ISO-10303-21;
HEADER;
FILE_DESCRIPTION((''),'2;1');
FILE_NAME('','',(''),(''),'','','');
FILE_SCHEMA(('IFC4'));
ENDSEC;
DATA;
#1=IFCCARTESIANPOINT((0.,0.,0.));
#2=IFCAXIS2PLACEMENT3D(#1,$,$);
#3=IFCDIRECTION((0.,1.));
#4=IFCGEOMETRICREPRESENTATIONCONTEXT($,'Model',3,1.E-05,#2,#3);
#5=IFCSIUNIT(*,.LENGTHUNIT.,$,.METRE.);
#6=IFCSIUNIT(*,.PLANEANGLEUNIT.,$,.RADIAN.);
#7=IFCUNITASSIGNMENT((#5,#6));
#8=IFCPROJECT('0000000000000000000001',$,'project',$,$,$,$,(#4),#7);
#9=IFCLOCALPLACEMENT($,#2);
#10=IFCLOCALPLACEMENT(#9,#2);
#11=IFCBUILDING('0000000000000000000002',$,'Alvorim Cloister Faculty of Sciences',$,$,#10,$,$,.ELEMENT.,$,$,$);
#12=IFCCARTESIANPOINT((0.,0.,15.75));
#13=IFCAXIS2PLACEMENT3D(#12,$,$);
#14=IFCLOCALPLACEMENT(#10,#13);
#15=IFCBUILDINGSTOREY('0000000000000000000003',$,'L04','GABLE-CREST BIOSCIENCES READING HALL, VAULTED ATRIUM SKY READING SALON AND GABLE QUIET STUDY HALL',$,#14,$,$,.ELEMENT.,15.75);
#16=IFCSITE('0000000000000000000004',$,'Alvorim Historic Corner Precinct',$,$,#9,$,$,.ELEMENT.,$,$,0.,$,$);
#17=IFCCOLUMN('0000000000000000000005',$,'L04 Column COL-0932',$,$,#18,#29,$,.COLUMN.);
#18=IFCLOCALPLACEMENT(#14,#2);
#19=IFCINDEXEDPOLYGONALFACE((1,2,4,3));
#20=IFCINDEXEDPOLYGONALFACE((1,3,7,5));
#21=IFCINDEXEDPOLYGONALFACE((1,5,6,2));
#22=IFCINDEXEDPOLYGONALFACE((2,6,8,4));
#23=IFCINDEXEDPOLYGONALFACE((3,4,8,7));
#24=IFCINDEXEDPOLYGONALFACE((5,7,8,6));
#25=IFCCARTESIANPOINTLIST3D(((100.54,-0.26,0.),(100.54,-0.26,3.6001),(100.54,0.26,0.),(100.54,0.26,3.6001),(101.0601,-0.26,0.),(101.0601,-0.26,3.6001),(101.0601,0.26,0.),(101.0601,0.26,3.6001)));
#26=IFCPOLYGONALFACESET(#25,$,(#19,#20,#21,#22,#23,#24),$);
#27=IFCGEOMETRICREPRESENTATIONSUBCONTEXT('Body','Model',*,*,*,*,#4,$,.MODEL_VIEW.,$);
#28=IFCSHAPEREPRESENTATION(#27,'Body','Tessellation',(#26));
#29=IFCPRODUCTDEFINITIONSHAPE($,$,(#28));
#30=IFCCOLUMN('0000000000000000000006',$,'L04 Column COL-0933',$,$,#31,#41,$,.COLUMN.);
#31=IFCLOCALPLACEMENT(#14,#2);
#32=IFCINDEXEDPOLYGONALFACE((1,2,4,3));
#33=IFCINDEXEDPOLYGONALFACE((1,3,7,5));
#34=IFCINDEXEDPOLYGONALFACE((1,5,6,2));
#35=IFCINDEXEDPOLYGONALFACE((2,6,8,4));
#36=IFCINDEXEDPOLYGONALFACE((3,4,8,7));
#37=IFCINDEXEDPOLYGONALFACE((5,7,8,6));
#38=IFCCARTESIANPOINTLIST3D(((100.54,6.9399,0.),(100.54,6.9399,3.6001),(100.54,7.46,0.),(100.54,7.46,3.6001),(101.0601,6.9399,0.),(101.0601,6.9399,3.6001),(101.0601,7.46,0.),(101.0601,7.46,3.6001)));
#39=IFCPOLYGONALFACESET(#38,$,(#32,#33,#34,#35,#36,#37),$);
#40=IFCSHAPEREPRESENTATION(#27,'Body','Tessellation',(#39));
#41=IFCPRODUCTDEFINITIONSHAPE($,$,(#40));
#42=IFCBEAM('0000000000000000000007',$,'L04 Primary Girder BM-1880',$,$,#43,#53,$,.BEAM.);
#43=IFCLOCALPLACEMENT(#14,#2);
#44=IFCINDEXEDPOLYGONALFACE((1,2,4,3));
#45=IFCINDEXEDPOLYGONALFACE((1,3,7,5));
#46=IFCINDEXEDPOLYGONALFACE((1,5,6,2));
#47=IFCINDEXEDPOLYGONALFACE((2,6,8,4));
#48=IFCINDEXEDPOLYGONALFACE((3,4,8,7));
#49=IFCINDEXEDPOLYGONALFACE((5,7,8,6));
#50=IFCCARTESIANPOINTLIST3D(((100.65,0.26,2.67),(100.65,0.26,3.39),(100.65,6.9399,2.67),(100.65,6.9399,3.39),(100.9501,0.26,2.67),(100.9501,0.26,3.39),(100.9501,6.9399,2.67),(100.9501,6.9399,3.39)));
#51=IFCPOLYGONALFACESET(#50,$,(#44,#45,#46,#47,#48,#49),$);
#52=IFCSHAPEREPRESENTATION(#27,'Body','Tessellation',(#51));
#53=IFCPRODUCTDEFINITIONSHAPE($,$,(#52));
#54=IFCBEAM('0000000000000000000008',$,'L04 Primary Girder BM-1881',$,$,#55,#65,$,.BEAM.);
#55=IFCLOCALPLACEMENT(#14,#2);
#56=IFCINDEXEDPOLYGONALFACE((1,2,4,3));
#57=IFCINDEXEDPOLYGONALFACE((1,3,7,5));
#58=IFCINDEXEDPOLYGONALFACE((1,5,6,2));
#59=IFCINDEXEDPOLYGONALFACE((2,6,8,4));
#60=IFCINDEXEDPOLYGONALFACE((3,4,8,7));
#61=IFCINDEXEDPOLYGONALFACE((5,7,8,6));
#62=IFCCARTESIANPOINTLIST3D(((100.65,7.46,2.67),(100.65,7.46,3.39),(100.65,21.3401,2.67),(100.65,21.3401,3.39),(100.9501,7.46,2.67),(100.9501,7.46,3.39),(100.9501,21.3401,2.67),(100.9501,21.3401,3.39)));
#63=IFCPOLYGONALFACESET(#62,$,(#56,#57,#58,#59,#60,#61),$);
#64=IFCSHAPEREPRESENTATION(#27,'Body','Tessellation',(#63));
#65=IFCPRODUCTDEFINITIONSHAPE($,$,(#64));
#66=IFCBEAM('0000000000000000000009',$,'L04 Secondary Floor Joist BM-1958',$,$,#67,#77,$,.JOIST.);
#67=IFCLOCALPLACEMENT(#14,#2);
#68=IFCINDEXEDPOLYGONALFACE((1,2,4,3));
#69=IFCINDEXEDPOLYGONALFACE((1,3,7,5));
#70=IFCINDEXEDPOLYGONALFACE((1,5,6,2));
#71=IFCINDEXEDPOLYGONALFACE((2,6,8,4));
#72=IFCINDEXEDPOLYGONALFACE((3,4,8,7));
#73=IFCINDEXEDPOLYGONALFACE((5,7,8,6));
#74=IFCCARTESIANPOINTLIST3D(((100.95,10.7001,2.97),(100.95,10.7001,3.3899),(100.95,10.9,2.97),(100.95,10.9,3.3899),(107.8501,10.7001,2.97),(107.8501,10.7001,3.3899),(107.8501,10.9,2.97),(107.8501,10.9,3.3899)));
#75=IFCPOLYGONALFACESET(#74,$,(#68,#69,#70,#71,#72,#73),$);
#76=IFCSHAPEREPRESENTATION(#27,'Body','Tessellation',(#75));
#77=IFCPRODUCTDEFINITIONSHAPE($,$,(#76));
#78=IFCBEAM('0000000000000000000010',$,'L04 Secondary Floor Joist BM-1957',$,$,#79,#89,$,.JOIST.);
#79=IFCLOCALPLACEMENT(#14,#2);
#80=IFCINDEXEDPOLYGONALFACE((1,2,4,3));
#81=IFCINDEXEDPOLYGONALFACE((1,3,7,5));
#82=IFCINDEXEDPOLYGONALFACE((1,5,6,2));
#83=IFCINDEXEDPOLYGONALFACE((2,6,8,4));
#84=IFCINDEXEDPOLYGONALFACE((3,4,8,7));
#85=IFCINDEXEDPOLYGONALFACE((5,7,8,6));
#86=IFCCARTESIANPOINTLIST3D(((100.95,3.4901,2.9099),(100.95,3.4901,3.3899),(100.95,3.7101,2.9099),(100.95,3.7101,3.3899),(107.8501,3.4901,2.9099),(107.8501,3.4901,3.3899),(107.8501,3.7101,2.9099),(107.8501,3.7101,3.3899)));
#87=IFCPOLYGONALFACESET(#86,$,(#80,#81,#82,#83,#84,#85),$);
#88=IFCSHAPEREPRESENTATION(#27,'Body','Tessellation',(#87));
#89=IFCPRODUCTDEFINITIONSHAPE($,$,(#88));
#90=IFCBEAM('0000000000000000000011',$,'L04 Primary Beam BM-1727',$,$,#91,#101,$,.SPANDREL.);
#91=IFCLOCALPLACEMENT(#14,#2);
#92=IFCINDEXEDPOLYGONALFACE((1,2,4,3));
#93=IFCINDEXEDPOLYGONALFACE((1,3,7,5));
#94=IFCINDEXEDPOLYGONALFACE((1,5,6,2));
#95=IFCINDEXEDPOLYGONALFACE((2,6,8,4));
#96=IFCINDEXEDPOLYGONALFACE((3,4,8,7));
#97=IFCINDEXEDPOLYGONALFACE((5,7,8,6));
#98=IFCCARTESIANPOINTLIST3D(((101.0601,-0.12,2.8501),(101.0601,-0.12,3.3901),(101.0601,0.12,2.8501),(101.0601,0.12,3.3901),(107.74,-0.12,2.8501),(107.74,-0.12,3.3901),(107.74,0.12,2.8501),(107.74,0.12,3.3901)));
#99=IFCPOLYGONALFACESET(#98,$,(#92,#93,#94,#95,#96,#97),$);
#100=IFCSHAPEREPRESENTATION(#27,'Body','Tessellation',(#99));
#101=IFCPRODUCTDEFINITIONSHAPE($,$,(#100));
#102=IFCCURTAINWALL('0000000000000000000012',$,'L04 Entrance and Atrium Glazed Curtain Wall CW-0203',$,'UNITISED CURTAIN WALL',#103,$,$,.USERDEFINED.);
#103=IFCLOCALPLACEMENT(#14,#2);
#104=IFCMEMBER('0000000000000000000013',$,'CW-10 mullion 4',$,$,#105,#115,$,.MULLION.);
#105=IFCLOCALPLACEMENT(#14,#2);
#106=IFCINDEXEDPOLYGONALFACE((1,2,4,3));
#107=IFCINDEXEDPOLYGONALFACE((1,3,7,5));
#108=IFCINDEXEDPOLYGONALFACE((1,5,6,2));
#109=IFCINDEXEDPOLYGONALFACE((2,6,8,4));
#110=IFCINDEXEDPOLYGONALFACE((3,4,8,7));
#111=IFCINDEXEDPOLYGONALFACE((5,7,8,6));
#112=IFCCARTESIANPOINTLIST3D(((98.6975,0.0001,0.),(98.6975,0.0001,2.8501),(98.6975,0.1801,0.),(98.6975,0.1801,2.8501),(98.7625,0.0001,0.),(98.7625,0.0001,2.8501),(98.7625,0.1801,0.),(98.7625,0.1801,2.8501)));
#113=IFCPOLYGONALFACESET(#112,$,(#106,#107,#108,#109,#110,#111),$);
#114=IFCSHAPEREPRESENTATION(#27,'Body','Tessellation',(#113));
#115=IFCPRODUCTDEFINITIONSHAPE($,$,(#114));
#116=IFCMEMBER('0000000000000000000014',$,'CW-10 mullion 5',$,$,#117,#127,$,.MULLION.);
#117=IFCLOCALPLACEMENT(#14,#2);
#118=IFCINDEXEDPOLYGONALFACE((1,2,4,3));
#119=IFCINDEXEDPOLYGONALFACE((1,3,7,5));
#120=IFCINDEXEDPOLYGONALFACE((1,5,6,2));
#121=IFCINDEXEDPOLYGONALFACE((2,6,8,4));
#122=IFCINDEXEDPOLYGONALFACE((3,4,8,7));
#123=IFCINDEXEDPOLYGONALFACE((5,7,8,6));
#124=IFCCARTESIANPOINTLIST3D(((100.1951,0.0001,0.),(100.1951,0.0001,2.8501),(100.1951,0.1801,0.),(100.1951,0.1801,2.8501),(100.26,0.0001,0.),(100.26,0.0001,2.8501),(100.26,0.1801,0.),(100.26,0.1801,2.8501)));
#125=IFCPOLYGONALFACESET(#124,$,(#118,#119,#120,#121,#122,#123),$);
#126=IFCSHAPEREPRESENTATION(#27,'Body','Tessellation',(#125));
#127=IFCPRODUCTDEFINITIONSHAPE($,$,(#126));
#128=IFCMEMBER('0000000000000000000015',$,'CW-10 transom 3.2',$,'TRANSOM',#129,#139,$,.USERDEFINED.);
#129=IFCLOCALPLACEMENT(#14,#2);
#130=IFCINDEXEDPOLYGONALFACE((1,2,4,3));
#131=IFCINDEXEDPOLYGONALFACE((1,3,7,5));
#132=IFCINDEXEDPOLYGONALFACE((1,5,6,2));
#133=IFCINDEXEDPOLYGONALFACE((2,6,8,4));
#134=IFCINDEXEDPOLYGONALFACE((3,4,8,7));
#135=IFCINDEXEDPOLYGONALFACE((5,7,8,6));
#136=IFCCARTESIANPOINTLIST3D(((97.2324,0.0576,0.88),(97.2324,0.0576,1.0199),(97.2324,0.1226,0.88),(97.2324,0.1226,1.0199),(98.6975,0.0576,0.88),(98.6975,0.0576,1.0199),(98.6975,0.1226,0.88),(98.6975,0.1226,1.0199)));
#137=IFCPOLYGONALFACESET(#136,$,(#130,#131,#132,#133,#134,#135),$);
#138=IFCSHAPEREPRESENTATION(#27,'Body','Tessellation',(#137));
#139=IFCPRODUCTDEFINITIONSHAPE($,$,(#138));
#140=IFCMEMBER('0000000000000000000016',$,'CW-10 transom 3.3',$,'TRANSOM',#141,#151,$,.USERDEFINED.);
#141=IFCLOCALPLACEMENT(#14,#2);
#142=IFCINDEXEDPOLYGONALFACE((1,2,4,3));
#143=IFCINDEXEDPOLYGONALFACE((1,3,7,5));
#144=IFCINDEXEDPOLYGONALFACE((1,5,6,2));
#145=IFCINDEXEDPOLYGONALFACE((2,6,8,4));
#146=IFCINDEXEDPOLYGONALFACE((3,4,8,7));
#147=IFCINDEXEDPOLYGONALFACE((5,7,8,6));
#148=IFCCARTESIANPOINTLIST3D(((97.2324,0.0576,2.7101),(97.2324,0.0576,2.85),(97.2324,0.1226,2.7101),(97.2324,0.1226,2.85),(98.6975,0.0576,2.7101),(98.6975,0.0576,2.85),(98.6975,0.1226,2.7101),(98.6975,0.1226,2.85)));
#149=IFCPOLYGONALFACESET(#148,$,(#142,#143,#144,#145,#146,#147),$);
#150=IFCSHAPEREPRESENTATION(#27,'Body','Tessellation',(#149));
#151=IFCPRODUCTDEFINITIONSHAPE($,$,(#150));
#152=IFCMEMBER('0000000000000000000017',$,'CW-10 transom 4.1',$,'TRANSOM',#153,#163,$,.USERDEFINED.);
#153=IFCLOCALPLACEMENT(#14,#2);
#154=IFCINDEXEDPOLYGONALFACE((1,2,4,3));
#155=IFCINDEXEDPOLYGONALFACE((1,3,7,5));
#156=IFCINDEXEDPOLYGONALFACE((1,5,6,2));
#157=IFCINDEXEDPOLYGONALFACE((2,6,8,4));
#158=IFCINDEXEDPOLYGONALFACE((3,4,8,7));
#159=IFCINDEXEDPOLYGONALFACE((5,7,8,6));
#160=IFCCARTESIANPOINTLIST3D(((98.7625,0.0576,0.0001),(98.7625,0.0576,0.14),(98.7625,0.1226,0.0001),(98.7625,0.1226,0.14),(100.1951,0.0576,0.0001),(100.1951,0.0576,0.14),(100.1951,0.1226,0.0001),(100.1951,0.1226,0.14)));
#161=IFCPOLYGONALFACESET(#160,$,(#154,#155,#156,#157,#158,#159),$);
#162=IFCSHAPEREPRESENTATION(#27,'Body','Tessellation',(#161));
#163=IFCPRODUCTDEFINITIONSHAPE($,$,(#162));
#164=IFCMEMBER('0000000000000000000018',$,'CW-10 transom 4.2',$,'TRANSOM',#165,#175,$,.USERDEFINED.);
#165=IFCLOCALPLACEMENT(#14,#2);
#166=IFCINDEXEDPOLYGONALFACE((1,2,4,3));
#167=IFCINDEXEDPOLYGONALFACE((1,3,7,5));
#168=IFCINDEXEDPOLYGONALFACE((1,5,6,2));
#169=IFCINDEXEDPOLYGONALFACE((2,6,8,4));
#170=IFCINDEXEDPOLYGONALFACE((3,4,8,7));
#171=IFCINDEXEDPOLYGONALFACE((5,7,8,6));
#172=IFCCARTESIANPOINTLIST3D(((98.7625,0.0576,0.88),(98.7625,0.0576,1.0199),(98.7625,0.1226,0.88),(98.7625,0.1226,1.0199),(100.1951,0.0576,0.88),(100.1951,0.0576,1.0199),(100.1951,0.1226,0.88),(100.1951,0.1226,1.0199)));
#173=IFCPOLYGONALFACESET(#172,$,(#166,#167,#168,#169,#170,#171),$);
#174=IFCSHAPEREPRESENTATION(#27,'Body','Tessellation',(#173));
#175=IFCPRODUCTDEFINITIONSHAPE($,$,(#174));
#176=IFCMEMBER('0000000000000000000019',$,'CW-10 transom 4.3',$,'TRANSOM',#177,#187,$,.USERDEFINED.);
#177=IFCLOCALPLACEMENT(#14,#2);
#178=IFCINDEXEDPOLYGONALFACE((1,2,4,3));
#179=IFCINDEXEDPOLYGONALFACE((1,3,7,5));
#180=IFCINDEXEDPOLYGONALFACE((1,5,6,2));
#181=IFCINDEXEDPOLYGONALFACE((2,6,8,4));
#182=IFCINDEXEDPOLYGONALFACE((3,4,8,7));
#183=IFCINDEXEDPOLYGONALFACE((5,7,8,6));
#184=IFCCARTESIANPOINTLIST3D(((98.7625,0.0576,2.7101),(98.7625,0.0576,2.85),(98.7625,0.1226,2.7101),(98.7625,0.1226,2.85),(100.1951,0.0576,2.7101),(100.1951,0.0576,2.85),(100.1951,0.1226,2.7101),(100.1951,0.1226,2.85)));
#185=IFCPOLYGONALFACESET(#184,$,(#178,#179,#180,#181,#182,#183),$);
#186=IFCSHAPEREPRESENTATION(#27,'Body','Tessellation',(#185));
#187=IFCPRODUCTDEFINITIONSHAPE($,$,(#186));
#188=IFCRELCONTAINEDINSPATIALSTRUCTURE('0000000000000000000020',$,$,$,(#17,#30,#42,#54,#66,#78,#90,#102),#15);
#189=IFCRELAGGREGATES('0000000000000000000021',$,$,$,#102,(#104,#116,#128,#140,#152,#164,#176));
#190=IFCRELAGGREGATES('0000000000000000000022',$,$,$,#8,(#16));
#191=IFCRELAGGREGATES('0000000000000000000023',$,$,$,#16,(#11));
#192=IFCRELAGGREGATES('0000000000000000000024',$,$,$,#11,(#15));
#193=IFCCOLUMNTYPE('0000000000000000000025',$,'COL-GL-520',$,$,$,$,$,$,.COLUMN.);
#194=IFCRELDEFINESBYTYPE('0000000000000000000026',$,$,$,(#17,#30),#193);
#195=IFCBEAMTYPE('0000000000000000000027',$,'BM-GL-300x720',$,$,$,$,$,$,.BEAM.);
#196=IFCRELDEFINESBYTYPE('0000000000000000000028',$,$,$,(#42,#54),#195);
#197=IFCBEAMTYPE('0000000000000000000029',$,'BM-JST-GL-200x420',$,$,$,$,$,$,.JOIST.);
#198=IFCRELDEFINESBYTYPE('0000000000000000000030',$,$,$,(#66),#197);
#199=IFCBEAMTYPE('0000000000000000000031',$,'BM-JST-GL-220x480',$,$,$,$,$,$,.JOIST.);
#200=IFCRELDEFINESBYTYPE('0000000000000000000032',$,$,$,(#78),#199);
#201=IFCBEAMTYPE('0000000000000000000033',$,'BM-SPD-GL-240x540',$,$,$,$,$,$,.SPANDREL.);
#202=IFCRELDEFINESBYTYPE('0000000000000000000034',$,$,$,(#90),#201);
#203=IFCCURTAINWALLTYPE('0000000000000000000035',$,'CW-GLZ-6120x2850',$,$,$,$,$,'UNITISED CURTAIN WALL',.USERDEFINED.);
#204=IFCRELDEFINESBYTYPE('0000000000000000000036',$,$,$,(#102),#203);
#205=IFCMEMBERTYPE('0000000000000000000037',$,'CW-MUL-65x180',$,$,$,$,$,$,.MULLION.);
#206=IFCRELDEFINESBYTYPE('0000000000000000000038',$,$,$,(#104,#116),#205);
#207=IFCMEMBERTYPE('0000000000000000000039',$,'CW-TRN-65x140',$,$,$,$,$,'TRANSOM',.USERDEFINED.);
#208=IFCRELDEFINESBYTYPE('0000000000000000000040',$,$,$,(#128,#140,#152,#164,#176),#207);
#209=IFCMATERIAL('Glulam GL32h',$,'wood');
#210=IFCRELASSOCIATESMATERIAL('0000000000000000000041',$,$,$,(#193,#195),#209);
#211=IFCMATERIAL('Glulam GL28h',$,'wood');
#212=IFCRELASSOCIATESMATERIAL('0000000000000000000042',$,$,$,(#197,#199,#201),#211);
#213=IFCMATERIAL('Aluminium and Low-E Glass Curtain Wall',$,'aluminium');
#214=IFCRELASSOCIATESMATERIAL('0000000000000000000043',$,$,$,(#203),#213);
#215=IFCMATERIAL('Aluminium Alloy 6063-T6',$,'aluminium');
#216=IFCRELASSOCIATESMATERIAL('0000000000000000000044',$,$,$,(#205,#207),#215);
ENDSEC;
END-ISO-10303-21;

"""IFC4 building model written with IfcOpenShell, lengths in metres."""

from ifc_helpers import new_model, si_unit, direction, frame, origin, origin_2d, place, context, subcontext, project, spatial, rectangle, extrude, material, material_profile, profile_set, type_object, element, aggregate, save


model = new_model("IFC4")

# Units and contexts
model_context = context("Model", 3, precision=1e-05, world=origin(), true_north=direction((0.0, 1.0)))
body_context = subcontext(model_context, "Body", "Model", "MODEL_VIEW")
ifc_project = project(units=[si_unit("LENGTHUNIT", "METRE"), si_unit("PLANEANGLEUNIT", "RADIAN")], contexts=[model_context])

# Site, building, storey
site_placement = place(None, origin())
site = spatial("IfcSite", under=ifc_project, at=site_placement, Name="Alvorim Historic Corner Precinct", CompositionType="ELEMENT", RefElevation=0.0)
building_placement = place(site_placement, origin())
building = spatial("IfcBuilding", under=site, at=building_placement, Name="Alvorim Cloister Faculty of Sciences", CompositionType="ELEMENT")
storey_placement = place(building_placement, frame((0.0, 0.0, 15.75)))
storey = spatial("IfcBuildingStorey", under=building, at=storey_placement, Name="L04", Description="GABLE-CREST BIOSCIENCES READING HALL, VAULTED ATRIUM SKY READING SALON AND GABLE QUIET STUDY HALL", CompositionType="ELEMENT", Elevation=15.75)

# Columns
ifc_material_1 = material(Name="Glulam GL32h", Category="wood")
ifc_material_profile_1 = material_profile(ifc_material_1, rectangle(XDim=0.52, YDim=0.52, at=origin_2d()), Name="GL32-COL-520x520")
ifc_profile_set_1 = profile_set([ifc_material_profile_1], Name="Glulam GL32h")
column_type = type_object("IfcColumnType", Name="COL-GL-520", PredefinedType="COLUMN", material=ifc_profile_set_1)
for number, where, z_axis, x_axis, name in (
    (1, (100.8, 0.0, 0.0), (0.0, 0.0, 1.0), (1.0, 0.0, 0.0), "L04 Column COL-0932"),
    (2, (100.8, 7.2, 0.0), (0.0, 0.0, 1.0), (1.0, 0.0, 0.0), "L04 Column COL-0933"),
):
    element("IfcColumn", number, at=place(storey_placement, frame(where, z_axis=z_axis, x_axis=x_axis)), inside=storey, type_object=column_type, Name=name, PredefinedType="COLUMN", context=body_context, shape_type="SweptSolid", body=[
        extrude(rectangle(XDim=0.52, YDim=0.52, at=origin_2d()), origin(), (0.0, 0.0, 1.0), 3.6001),
    ])

# Beams
ifc_material_profile_2 = material_profile(ifc_material_1, rectangle(XDim=0.3, YDim=0.72, at=origin_2d()), Name="GL32-BM-300x720")
ifc_profile_set_2 = profile_set([ifc_material_profile_2], Name="Glulam GL32h")
beam_type_1 = type_object("IfcBeamType", Name="BM-GL-300x720", PredefinedType="BEAM", material=ifc_profile_set_2)
beam_1_placement = place(storey_placement, frame((100.8, 0.26, 3.03), z_axis=(0.0, 1.0, 0.0), x_axis=(-1.0, 0.0, 0.0)))
element("IfcBeam", 3, at=beam_1_placement, inside=storey, type_object=beam_type_1, Name="L04 Primary Girder BM-1880", PredefinedType="BEAM", context=body_context, shape_type="SweptSolid", body=[
    extrude(rectangle(XDim=0.3, YDim=0.72, at=origin_2d()), origin(), (0.0, 0.0, 1.0), 6.6799),
])
beam_2_placement = place(storey_placement, frame((100.8, 7.46, 3.03), z_axis=(0.0, 1.0, 0.0), x_axis=(-1.0, 0.0, 0.0)))
element("IfcBeam", 4, at=beam_2_placement, inside=storey, type_object=beam_type_1, Name="L04 Primary Girder BM-1881", PredefinedType="BEAM", context=body_context, shape_type="SweptSolid", body=[
    extrude(rectangle(XDim=0.3, YDim=0.72, at=origin_2d()), origin(), (0.0, 0.0, 1.0), 13.8801),
])
ifc_material_2 = material(Name="Glulam GL28h", Category="wood")
ifc_material_profile_3 = material_profile(ifc_material_2, rectangle(XDim=0.2, YDim=0.4199, at=origin_2d()), Name="GL28-JST-200x420")
ifc_profile_set_3 = profile_set([ifc_material_profile_3], Name="Glulam GL28h")
beam_type_2 = type_object("IfcBeamType", Name="BM-JST-GL-200x420", PredefinedType="JOIST", material=ifc_profile_set_3)
beam_3_placement = place(storey_placement, frame((100.95, 10.8, 3.1799), z_axis=(1.0, 0.0, 0.0), x_axis=(0.0, 1.0, 0.0)))
element("IfcBeam", 5, at=beam_3_placement, inside=storey, type_object=beam_type_2, Name="L04 Secondary Floor Joist BM-1958", PredefinedType="JOIST", context=body_context, shape_type="SweptSolid", body=[
    extrude(rectangle(XDim=0.2, YDim=0.4199, at=origin_2d()), origin(), (0.0, 0.0, 1.0), 6.9001),
])
ifc_material_profile_4 = material_profile(ifc_material_2, rectangle(XDim=0.22, YDim=0.48, at=origin_2d()), Name="GL28-JST-220x480")
ifc_profile_set_4 = profile_set([ifc_material_profile_4], Name="Glulam GL28h")
beam_type_3 = type_object("IfcBeamType", Name="BM-JST-GL-220x480", PredefinedType="JOIST", material=ifc_profile_set_4)
beam_4_placement = place(storey_placement, frame((100.95, 3.6001, 3.1499), z_axis=(1.0, 0.0, 0.0), x_axis=(0.0, 1.0, 0.0)))
element("IfcBeam", 6, at=beam_4_placement, inside=storey, type_object=beam_type_3, Name="L04 Secondary Floor Joist BM-1957", PredefinedType="JOIST", context=body_context, shape_type="SweptSolid", body=[
    extrude(rectangle(XDim=0.22, YDim=0.48, at=origin_2d()), origin(), (0.0, 0.0, 1.0), 6.9001),
])
ifc_material_profile_5 = material_profile(ifc_material_2, rectangle(XDim=0.24, YDim=0.54, at=origin_2d()), Name="GL28-SPD-240x540")
ifc_profile_set_5 = profile_set([ifc_material_profile_5], Name="Glulam GL28h")
beam_type_4 = type_object("IfcBeamType", Name="BM-SPD-GL-240x540", PredefinedType="SPANDREL", material=ifc_profile_set_5)
beam_5_placement = place(storey_placement, frame((101.0601, 0.0, 3.1201), z_axis=(1.0, 0.0, 0.0), x_axis=(0.0, 1.0, 0.0)))
element("IfcBeam", 7, at=beam_5_placement, inside=storey, type_object=beam_type_4, Name="L04 Primary Beam BM-1727", PredefinedType="SPANDREL", context=body_context, shape_type="SweptSolid", body=[
    extrude(rectangle(XDim=0.24, YDim=0.54, at=origin_2d()), origin(), (0.0, 0.0, 1.0), 6.6799),
])

# Curtain wall, members
ifc_material_3 = material(Name="Aluminium and Low-E Glass Curtain Wall", Category="aluminium")
curtain_wall_type = type_object("IfcCurtainWallType", Name="CW-GLZ-6120x2850", ElementType="UNITISED CURTAIN WALL", PredefinedType="USERDEFINED", material=ifc_material_3)
curtain_wall_placement = place(storey_placement, origin())
curtain_wall = element("IfcCurtainWall", 8, at=curtain_wall_placement, inside=storey, type_object=curtain_wall_type, Name="L04 Entrance and Atrium Glazed Curtain Wall CW-0203", ObjectType="UNITISED CURTAIN WALL", PredefinedType="USERDEFINED")
ifc_material_4 = material(Name="Aluminium Alloy 6063-T6", Category="aluminium")
ifc_material_profile_6 = material_profile(ifc_material_4, rectangle(XDim=0.0649, YDim=0.1799, at=origin_2d()), Name="ALU-MUL-65x180")
ifc_profile_set_6 = profile_set([ifc_material_profile_6], Name="Aluminium Alloy 6063-T6")
member_type_1 = type_object("IfcMemberType", Name="CW-MUL-65x180", PredefinedType="MULLION", material=ifc_profile_set_6)
member_1_placement = place(storey_placement, frame((98.73, 0.0901, 0.0), z_axis=(0.0, 0.0, 1.0), x_axis=(1.0, 0.0, 0.0)))
member_1 = element("IfcMember", 9, at=member_1_placement, type_object=member_type_1, Name="CW-10 mullion 4", PredefinedType="MULLION", context=body_context, shape_type="SweptSolid", body=[
    extrude(rectangle(XDim=0.0649, YDim=0.1799, at=origin_2d()), origin(), (0.0, 0.0, 1.0), 2.8501),
])
member_2_placement = place(storey_placement, frame((100.2275, 0.0901, 0.0), z_axis=(0.0, 0.0, 1.0), x_axis=(1.0, 0.0, 0.0)))
member_2 = element("IfcMember", 10, at=member_2_placement, type_object=member_type_1, Name="CW-10 mullion 5", PredefinedType="MULLION", context=body_context, shape_type="SweptSolid", body=[
    extrude(rectangle(XDim=0.0649, YDim=0.1799, at=origin_2d()), origin(), (0.0, 0.0, 1.0), 2.8501),
])
ifc_material_profile_7 = material_profile(ifc_material_4, rectangle(XDim=0.0649, YDim=0.1399, at=origin_2d()), Name="ALU-TRN-65x140")
ifc_profile_set_7 = profile_set([ifc_material_profile_7], Name="Aluminium Alloy 6063-T6")
member_type_2 = type_object("IfcMemberType", Name="CW-TRN-65x140", ElementType="TRANSOM", PredefinedType="USERDEFINED", material=ifc_profile_set_7)
member_3_placement = place(storey_placement, frame((97.2324, 0.0901, 0.95), z_axis=(1.0, 0.0, 0.0), x_axis=(0.0, 1.0, 0.0)))
member_3 = element("IfcMember", 11, at=member_3_placement, type_object=member_type_2, Name="CW-10 transom 3.2", ObjectType="TRANSOM", PredefinedType="USERDEFINED", context=body_context, shape_type="SweptSolid", body=[
    extrude(rectangle(XDim=0.0649, YDim=0.1399, at=origin_2d()), origin(), (0.0, 0.0, 1.0), 1.4651),
])
member_4_placement = place(storey_placement, frame((97.2324, 0.0901, 2.78), z_axis=(1.0, 0.0, 0.0), x_axis=(0.0, 1.0, 0.0)))
member_4 = element("IfcMember", 12, at=member_4_placement, type_object=member_type_2, Name="CW-10 transom 3.3", ObjectType="TRANSOM", PredefinedType="USERDEFINED", context=body_context, shape_type="SweptSolid", body=[
    extrude(rectangle(XDim=0.0649, YDim=0.1399, at=origin_2d()), origin(), (0.0, 0.0, 1.0), 1.4651),
])
member_5_placement = place(storey_placement, frame((98.7625, 0.0901, 0.0701), z_axis=(1.0, 0.0, 0.0), x_axis=(0.0, 1.0, 0.0)))
member_5 = element("IfcMember", 13, at=member_5_placement, type_object=member_type_2, Name="CW-10 transom 4.1", ObjectType="TRANSOM", PredefinedType="USERDEFINED", context=body_context, shape_type="SweptSolid", body=[
    extrude(rectangle(XDim=0.0649, YDim=0.1399, at=origin_2d()), origin(), (0.0, 0.0, 1.0), 1.4326),
])
member_6_placement = place(storey_placement, frame((98.7625, 0.0901, 0.95), z_axis=(1.0, 0.0, 0.0), x_axis=(0.0, 1.0, 0.0)))
member_6 = element("IfcMember", 14, at=member_6_placement, type_object=member_type_2, Name="CW-10 transom 4.2", ObjectType="TRANSOM", PredefinedType="USERDEFINED", context=body_context, shape_type="SweptSolid", body=[
    extrude(rectangle(XDim=0.0649, YDim=0.1399, at=origin_2d()), origin(), (0.0, 0.0, 1.0), 1.4326),
])
member_7_placement = place(storey_placement, frame((98.7625, 0.0901, 2.78), z_axis=(1.0, 0.0, 0.0), x_axis=(0.0, 1.0, 0.0)))
member_7 = element("IfcMember", 15, at=member_7_placement, type_object=member_type_2, Name="CW-10 transom 4.3", ObjectType="TRANSOM", PredefinedType="USERDEFINED", context=body_context, shape_type="SweptSolid", body=[
    extrude(rectangle(XDim=0.0649, YDim=0.1399, at=origin_2d()), origin(), (0.0, 0.0, 1.0), 1.4326),
])
aggregate(curtain_wall, [member_1, member_2, member_3, member_4, member_5, member_6, member_7])

save(model, "model.ifc")
